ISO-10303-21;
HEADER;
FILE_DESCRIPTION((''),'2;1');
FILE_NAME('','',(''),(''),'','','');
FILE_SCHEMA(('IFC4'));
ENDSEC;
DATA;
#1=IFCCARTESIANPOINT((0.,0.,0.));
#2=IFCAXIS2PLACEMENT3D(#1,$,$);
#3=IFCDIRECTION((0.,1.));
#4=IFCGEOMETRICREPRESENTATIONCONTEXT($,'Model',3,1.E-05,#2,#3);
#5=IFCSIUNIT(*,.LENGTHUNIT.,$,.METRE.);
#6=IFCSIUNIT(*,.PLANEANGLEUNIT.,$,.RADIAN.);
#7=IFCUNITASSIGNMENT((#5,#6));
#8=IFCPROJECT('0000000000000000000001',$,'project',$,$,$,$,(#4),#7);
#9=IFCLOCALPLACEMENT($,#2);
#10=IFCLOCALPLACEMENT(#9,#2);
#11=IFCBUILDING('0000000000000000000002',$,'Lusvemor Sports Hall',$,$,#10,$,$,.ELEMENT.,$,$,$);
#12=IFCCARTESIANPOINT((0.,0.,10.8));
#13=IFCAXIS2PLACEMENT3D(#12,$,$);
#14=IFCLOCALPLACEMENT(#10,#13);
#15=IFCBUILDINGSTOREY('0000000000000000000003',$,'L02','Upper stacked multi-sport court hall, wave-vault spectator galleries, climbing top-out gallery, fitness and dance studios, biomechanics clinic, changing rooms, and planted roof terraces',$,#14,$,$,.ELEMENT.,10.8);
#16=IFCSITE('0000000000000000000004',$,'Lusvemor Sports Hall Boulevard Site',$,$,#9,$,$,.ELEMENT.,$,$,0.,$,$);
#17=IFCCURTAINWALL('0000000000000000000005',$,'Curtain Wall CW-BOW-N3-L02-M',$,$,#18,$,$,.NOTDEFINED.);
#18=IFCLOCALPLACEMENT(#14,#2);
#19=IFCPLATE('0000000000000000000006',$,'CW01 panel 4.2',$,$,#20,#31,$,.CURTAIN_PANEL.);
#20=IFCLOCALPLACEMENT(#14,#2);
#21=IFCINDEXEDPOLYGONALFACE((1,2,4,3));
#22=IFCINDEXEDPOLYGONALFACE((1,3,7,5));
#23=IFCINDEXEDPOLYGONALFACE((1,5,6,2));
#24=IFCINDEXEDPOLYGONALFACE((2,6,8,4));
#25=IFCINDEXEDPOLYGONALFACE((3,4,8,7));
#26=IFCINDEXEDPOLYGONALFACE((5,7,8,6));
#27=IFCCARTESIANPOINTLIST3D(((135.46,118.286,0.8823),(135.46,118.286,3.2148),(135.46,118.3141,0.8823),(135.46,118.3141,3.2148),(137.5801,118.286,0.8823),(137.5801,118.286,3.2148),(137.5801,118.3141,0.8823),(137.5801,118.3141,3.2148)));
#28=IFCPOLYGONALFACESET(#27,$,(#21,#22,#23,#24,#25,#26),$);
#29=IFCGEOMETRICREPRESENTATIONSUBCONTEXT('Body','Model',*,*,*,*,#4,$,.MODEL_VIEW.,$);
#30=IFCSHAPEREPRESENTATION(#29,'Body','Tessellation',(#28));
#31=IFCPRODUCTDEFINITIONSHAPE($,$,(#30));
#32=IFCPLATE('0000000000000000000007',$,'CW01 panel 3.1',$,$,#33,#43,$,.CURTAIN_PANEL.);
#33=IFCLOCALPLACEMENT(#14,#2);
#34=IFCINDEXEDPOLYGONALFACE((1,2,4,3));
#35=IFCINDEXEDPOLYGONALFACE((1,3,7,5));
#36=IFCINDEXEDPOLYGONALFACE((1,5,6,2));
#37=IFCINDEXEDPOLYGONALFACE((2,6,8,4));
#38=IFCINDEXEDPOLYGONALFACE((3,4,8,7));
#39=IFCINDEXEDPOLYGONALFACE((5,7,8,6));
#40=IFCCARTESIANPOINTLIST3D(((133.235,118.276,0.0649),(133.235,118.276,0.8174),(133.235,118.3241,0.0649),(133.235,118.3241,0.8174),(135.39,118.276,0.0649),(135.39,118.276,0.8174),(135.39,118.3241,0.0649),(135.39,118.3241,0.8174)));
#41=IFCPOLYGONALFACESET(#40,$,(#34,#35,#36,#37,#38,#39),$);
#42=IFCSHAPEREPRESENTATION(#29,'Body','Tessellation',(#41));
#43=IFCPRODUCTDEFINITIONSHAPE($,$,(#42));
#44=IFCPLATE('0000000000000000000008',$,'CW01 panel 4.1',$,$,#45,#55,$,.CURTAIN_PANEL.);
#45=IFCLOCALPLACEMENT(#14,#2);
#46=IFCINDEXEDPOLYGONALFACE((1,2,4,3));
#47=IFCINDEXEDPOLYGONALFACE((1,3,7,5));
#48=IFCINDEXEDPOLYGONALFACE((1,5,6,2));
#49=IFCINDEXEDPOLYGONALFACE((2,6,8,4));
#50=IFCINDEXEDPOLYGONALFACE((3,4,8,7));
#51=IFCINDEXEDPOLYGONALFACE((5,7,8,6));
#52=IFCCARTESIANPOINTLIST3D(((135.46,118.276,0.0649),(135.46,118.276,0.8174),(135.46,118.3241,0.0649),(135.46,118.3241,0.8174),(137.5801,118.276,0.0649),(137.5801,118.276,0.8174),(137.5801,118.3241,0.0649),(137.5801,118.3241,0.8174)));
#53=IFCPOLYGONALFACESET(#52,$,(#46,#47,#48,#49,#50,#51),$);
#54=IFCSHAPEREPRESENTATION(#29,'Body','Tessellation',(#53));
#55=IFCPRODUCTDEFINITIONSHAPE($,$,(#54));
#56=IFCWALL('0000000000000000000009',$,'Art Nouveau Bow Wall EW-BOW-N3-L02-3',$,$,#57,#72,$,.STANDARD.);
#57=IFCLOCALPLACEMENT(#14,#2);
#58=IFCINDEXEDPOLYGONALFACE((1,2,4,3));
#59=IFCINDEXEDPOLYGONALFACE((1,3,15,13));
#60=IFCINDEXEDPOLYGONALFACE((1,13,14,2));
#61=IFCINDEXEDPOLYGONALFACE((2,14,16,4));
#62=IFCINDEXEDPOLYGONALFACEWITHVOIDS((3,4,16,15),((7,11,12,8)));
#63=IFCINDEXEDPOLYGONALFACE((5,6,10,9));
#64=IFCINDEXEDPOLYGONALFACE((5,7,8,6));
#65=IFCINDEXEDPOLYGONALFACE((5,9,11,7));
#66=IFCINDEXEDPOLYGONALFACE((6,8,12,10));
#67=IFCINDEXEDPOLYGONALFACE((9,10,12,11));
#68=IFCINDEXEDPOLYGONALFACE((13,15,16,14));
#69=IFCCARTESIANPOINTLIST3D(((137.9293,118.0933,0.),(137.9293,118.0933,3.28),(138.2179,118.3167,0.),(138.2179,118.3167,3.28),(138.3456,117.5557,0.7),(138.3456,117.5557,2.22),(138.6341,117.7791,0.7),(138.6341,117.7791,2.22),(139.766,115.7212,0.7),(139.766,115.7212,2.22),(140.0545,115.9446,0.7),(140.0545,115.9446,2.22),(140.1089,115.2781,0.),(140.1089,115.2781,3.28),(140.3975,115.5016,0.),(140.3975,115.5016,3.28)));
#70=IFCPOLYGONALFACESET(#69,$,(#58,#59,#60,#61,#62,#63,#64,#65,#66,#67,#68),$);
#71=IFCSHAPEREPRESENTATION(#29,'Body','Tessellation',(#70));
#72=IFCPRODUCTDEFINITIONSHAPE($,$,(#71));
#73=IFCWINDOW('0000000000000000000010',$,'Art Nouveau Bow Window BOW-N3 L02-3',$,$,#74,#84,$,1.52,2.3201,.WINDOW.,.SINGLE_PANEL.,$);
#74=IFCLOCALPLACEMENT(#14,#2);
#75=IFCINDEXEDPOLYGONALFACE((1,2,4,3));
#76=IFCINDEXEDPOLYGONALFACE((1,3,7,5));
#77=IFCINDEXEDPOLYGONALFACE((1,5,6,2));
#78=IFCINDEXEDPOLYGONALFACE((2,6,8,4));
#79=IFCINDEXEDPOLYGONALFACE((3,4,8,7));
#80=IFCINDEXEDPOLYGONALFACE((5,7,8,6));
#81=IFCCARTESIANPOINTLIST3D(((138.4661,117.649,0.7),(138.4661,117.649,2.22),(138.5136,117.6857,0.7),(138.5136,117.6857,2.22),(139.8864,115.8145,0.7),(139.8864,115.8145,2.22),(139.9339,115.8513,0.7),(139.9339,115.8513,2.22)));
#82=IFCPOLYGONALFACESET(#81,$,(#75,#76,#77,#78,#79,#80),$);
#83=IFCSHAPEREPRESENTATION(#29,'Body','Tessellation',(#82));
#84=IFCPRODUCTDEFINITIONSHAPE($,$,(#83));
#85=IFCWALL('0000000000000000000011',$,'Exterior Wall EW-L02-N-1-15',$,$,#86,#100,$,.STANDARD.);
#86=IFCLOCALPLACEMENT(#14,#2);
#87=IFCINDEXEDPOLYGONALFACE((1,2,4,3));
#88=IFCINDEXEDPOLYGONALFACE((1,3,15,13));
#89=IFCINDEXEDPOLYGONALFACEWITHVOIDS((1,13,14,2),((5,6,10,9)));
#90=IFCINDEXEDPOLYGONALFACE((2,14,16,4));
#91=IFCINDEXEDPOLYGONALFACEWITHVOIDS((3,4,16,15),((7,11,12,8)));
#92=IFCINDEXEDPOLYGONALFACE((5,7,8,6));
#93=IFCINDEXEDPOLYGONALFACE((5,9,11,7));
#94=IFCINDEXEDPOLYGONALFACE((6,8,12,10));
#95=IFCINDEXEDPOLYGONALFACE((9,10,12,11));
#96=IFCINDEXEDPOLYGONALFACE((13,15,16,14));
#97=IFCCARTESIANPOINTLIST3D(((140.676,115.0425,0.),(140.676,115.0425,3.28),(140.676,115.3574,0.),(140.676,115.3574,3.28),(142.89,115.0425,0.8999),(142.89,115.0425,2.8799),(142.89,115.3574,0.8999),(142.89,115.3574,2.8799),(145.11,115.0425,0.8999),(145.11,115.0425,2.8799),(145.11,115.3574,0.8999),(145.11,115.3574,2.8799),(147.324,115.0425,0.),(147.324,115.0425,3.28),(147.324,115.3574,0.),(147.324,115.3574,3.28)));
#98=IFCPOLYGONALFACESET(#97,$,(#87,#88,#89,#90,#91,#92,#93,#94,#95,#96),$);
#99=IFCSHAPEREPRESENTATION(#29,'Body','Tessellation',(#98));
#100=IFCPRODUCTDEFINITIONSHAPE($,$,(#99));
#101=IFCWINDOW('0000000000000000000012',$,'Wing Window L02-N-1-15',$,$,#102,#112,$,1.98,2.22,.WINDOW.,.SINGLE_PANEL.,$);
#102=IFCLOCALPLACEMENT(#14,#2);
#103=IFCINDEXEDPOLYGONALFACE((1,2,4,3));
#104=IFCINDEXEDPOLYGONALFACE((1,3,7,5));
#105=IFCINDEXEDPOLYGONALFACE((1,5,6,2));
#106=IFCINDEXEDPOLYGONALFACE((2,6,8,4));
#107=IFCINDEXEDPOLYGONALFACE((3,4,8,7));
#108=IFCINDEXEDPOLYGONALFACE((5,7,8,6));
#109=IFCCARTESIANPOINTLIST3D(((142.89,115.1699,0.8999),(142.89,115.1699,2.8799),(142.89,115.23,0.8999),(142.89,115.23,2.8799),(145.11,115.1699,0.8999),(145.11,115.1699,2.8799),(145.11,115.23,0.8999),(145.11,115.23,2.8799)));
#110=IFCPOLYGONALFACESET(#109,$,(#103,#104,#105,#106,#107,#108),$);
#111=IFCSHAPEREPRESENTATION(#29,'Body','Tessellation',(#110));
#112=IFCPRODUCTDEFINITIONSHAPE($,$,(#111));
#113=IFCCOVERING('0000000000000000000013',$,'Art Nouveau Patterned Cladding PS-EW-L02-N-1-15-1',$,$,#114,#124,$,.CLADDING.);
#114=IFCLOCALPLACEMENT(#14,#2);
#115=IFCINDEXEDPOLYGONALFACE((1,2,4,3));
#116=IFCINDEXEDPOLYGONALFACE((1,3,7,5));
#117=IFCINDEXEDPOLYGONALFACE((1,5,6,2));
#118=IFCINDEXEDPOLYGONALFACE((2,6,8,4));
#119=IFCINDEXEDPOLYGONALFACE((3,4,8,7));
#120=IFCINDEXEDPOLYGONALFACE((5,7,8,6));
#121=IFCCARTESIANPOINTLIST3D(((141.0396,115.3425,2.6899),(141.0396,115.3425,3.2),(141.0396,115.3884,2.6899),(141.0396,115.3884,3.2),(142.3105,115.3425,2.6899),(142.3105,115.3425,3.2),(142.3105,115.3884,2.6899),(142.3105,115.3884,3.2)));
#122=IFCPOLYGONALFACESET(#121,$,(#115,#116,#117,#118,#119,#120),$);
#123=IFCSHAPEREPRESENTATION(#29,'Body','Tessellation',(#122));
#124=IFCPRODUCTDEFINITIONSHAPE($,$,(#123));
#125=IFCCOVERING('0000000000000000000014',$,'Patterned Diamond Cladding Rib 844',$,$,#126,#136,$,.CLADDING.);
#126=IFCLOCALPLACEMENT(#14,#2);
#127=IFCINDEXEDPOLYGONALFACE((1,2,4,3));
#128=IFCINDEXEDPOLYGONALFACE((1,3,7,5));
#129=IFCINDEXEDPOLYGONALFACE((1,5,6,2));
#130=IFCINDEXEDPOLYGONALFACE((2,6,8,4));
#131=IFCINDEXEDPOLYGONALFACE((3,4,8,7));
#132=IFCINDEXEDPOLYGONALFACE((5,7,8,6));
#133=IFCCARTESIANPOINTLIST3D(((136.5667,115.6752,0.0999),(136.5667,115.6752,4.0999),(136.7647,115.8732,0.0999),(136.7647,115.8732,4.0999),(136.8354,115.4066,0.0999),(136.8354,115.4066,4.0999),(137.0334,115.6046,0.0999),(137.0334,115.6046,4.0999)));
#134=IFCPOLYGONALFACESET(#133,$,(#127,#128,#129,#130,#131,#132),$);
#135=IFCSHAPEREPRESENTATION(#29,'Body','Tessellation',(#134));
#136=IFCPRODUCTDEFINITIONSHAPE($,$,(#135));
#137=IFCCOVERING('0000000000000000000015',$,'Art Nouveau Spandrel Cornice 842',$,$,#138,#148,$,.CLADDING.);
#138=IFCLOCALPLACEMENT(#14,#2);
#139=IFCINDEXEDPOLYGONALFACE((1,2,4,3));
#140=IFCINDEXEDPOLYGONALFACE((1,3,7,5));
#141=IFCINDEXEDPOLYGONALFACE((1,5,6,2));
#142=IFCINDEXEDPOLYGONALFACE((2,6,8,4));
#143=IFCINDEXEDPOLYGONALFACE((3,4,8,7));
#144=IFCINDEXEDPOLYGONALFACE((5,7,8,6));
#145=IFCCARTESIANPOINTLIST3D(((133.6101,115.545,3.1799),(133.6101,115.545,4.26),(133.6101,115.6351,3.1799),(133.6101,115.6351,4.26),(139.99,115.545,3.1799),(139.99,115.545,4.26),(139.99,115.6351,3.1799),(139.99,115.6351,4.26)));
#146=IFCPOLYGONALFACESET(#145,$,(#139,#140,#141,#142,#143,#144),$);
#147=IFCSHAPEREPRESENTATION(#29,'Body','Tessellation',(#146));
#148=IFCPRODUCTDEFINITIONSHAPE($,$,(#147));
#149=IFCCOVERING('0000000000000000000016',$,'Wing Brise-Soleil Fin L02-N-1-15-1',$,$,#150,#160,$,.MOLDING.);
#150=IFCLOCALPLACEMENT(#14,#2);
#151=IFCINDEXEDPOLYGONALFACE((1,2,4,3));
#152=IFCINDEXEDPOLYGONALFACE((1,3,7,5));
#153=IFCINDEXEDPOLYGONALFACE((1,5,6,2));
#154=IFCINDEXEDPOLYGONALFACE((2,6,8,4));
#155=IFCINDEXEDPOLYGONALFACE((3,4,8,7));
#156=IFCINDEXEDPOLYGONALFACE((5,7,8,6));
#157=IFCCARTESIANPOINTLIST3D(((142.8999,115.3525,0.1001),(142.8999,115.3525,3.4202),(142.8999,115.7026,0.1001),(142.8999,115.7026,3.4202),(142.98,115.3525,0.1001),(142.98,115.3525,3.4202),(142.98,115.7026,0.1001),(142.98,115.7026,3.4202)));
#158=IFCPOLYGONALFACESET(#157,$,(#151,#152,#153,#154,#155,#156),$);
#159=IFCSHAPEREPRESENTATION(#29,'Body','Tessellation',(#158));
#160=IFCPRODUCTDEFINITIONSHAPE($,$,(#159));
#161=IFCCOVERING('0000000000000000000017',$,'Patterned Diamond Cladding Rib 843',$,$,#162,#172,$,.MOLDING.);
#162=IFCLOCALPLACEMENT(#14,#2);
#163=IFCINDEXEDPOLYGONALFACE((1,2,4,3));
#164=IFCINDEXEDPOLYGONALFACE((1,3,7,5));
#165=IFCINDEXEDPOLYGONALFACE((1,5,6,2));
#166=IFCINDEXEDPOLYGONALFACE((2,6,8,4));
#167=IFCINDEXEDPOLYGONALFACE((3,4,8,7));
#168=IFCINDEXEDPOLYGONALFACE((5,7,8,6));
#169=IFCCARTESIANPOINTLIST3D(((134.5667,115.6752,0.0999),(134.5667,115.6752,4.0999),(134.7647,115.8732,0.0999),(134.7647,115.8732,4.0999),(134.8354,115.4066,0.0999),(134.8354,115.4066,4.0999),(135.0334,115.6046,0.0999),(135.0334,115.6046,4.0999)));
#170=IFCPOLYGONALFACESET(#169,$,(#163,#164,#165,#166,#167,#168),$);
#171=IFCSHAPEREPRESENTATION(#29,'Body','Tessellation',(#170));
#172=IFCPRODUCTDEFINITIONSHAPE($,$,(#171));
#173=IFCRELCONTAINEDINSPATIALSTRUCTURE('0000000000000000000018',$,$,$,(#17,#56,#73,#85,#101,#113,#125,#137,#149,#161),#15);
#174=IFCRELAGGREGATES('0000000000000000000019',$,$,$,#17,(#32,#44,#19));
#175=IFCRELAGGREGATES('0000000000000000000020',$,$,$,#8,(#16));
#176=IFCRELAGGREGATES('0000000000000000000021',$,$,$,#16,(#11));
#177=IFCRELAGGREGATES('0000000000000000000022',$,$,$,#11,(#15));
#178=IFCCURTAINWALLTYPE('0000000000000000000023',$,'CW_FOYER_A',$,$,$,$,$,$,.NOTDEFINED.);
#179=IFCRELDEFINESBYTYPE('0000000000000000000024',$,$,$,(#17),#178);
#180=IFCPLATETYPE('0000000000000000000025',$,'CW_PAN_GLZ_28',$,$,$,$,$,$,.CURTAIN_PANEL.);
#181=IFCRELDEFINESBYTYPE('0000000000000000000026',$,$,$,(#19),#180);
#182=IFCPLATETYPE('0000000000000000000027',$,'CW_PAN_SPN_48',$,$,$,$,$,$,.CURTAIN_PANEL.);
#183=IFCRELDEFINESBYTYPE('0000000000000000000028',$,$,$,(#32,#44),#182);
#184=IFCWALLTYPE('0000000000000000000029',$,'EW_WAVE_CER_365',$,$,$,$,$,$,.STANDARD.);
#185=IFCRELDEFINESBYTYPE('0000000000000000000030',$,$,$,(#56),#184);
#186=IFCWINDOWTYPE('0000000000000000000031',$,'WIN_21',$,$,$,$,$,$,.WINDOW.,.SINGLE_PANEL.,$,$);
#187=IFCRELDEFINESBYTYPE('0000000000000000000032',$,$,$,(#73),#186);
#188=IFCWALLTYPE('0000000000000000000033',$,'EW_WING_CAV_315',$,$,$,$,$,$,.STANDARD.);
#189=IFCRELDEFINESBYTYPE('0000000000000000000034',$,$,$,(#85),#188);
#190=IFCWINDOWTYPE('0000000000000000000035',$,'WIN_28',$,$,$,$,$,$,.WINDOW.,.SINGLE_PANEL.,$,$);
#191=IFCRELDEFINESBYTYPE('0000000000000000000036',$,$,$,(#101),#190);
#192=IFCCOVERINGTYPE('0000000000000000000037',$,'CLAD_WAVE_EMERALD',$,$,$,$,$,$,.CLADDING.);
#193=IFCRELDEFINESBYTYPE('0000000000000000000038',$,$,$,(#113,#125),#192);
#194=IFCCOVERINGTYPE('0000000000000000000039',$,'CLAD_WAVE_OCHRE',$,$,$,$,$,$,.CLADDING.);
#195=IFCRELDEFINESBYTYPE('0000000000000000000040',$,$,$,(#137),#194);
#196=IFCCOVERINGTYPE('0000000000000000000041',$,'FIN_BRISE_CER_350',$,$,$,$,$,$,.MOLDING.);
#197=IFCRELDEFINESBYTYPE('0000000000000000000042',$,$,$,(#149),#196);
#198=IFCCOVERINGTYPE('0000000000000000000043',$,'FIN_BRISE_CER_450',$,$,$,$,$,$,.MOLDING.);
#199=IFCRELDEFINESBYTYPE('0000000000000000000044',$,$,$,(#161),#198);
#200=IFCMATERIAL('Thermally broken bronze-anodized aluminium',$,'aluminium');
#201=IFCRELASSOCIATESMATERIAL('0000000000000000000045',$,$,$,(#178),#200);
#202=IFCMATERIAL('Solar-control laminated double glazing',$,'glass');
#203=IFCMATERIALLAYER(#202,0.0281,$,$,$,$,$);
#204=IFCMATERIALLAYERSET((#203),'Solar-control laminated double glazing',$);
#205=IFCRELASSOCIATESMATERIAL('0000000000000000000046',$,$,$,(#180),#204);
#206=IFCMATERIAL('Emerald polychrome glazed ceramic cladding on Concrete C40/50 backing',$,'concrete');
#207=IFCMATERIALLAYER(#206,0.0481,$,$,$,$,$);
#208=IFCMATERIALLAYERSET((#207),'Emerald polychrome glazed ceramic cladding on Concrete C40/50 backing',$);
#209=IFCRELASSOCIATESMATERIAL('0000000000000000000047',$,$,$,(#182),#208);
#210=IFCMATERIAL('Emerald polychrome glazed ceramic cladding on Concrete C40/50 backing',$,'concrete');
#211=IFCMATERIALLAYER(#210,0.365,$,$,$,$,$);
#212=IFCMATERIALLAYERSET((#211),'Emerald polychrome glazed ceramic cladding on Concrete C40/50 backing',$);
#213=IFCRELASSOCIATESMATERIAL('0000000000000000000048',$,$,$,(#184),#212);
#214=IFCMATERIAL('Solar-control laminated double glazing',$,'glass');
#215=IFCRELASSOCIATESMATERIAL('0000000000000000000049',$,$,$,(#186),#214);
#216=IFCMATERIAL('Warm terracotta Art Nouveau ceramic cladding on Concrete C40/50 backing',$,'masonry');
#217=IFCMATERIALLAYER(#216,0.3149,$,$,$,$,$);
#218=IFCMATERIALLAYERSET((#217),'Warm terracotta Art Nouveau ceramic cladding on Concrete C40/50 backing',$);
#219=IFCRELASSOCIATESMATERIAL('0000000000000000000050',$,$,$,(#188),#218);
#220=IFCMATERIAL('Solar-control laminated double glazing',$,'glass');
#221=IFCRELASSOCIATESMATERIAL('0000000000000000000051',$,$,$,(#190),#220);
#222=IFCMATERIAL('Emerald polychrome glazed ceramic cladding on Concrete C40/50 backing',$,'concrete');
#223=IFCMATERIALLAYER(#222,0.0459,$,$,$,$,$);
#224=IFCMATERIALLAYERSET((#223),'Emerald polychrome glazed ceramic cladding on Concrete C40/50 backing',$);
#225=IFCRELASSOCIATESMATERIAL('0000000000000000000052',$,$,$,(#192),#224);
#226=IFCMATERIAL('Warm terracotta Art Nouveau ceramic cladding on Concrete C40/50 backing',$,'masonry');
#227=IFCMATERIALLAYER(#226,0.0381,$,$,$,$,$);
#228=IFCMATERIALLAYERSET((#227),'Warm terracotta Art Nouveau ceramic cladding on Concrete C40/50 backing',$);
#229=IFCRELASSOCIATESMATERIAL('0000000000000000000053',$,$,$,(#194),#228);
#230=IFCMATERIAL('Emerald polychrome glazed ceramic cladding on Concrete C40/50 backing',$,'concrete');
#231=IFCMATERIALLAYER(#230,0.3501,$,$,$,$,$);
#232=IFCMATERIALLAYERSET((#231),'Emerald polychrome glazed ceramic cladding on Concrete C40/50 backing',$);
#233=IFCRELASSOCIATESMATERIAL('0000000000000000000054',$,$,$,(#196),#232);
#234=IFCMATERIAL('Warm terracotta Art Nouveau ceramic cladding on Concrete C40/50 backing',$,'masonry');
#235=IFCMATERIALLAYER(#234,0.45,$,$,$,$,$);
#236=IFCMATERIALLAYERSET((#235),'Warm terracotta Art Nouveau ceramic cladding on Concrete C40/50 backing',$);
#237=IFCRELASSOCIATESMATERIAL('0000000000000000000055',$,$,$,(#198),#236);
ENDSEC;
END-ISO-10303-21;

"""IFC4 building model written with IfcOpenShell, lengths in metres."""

from ifc_helpers import new_model, si_unit, direction, frame, frame_2d, origin, origin_2d, place, context, subcontext, project, spatial, rectangle, extrude, material, layer, layer_set, type_object, element, fill, aggregate, save


model = new_model("IFC4")

# Units and contexts
model_context = context("Model", 3, precision=1e-05, world=origin(), true_north=direction((0.0, 1.0)))
body_context = subcontext(model_context, "Body", "Model", "MODEL_VIEW")
ifc_project = project(units=[si_unit("LENGTHUNIT", "METRE"), si_unit("PLANEANGLEUNIT", "RADIAN")], contexts=[model_context])

# Site, building, storey
site_placement = place(None, origin())
site = spatial("IfcSite", under=ifc_project, at=site_placement, Name="Lusvemor Sports Hall Boulevard Site", CompositionType="ELEMENT", RefElevation=0.0)
building_placement = place(site_placement, origin())
building = spatial("IfcBuilding", under=site, at=building_placement, Name="Lusvemor Sports Hall", CompositionType="ELEMENT")
storey_placement = place(building_placement, frame((0.0, 0.0, 10.8)))
storey = spatial("IfcBuildingStorey", under=building, at=storey_placement, Name="L02", Description="Upper stacked multi-sport court hall, wave-vault spectator galleries, climbing top-out gallery, fitness and dance studios, biomechanics clinic, changing rooms, and planted roof terraces", CompositionType="ELEMENT", Elevation=10.8)

# Curtain wall
ifc_material_1 = material(Name="Thermally broken bronze-anodized aluminium", Category="aluminium")
curtain_wall_type_1 = type_object("IfcCurtainWallType", Name="CW_FOYER_A", PredefinedType="NOTDEFINED", material=ifc_material_1)
curtain_wall_1_placement = place(storey_placement, origin())
curtain_wall_1 = element("IfcCurtainWall", 1, at=curtain_wall_1_placement, inside=storey, type_object=curtain_wall_type_1, Name="Curtain Wall CW-BOW-N3-L02-M", PredefinedType="NOTDEFINED")

# Plates
ifc_material_2 = material(Name="Solar-control laminated double glazing", Category="glass")
ifc_layer_1 = layer(ifc_material_2, 0.0281)
ifc_layer_set_1 = layer_set([ifc_layer_1], Name="Solar-control laminated double glazing")
plate_type_1 = type_object("IfcPlateType", Name="CW_PAN_GLZ_28", PredefinedType="CURTAIN_PANEL", material=ifc_layer_set_1)
plate_1_placement = place(storey_placement, frame((136.52, 118.3, 0.8823), z_axis=(0.0, 0.0, 1.0), x_axis=(1.0, 0.0, 0.0)))
plate_1 = element("IfcPlate", 2, at=plate_1_placement, type_object=plate_type_1, Name="CW01 panel 4.2", PredefinedType="CURTAIN_PANEL", context=body_context, shape_type="SweptSolid", body=[
    extrude(rectangle(XDim=2.1201, YDim=0.0281, at=origin_2d()), origin(), (0.0, 0.0, 1.0), 2.3325),
])
ifc_material_3 = material(Name="Emerald polychrome glazed ceramic cladding on Concrete C40/50 backing", Category="concrete")
ifc_layer_2 = layer(ifc_material_3, 0.0481)
ifc_layer_set_2 = layer_set([ifc_layer_2], Name="Emerald polychrome glazed ceramic cladding on Concrete C40/50 backing")
plate_type_2 = type_object("IfcPlateType", Name="CW_PAN_SPN_48", PredefinedType="CURTAIN_PANEL", material=ifc_layer_set_2)
plate_2_placement = place(storey_placement, frame((134.3125, 118.3, 0.0649), z_axis=(0.0, 0.0, 1.0), x_axis=(1.0, 0.0, 0.0)))
plate_2 = element("IfcPlate", 3, at=plate_2_placement, type_object=plate_type_2, Name="CW01 panel 3.1", PredefinedType="CURTAIN_PANEL", context=body_context, shape_type="SweptSolid", body=[
    extrude(rectangle(XDim=2.155, YDim=0.0481, at=origin_2d()), origin(), (0.0, 0.0, 1.0), 0.7524),
])
plate_3_placement = place(storey_placement, frame((136.52, 118.3, 0.0649), z_axis=(0.0, 0.0, 1.0), x_axis=(1.0, 0.0, 0.0)))
plate_3 = element("IfcPlate", 4, at=plate_3_placement, type_object=plate_type_2, Name="CW01 panel 4.1", PredefinedType="CURTAIN_PANEL", context=body_context, shape_type="SweptSolid", body=[
    extrude(rectangle(XDim=2.1201, YDim=0.0481, at=origin_2d()), origin(), (0.0, 0.0, 1.0), 0.7524),
])
aggregate(curtain_wall_1, [plate_2, plate_3, plate_1])

# Walls, openings, windows
ifc_material_4 = material(Name="Emerald polychrome glazed ceramic cladding on Concrete C40/50 backing", Category="concrete")
ifc_layer_3 = layer(ifc_material_4, 0.365)
ifc_layer_set_3 = layer_set([ifc_layer_3], Name="Emerald polychrome glazed ceramic cladding on Concrete C40/50 backing")
wall_type_1 = type_object("IfcWallType", Name="EW_WAVE_CER_365", PredefinedType="STANDARD", material=ifc_layer_set_3)
wall_1_placement = place(storey_placement, frame((138.0735, 118.2051, 0.0), z_axis=(0.0, 0.0, 1.0), x_axis=(0.612206, -0.790698, 0.0)))
wall_1 = element("IfcWall", 5, at=wall_1_placement, inside=storey, type_object=wall_type_1, Name="Art Nouveau Bow Wall EW-BOW-N3-L02-3", PredefinedType="STANDARD", context=body_context, shape_type="SweptSolid", body=[
    extrude(rectangle(XDim=3.5603, YDim=0.365, at=frame_2d((1.7803, 0.0))), origin(), (0.0, 0.0, 1.0), 3.28),
])
opening_1_placement = place(wall_1_placement, frame((0.6799, 0.0, 0.7)))
opening_1 = element("IfcOpeningElement", 6, at=opening_1_placement, cuts=wall_1, PredefinedType="OPENING", context=body_context, shape_type="SweptSolid", body=[
    extrude(rectangle(XDim=2.3201, YDim=1.52, at=frame_2d((1.1602, 0.76))), frame((0.0, 0.1826, 0.0), z_axis=(0.0, -1.0, 0.0), x_axis=(1.0, 0.0, 0.0)), (0.0, 0.0, 1.0), 0.365),
])
ifc_material_5 = material(Name="Solar-control laminated double glazing", Category="glass")
window_type_1 = type_object("IfcWindowType", Name="WIN_21", PartitioningType="SINGLE_PANEL", PredefinedType="WINDOW", material=ifc_material_5)
window_1_placement = place(opening_1_placement, origin())
window_1 = element("IfcWindow", 7, at=window_1_placement, inside=storey, type_object=window_type_1, Name="Art Nouveau Bow Window BOW-N3 L02-3", OverallHeight=1.52, OverallWidth=2.3201, PartitioningType="SINGLE_PANEL", PredefinedType="WINDOW", context=body_context, shape_type="SweptSolid", body=[
    extrude(rectangle(XDim=2.3201, YDim=1.52, at=frame_2d((1.1602, 0.76))), frame((0.0, 0.03, 0.0), z_axis=(0.0, -1.0, 0.0), x_axis=(1.0, 0.0, 0.0)), (0.0, 0.0, 1.0), 0.0601),
])
fill(opening_1, window_1)
ifc_material_6 = material(Name="Warm terracotta Art Nouveau ceramic cladding on Concrete C40/50 backing", Category="masonry")
ifc_layer_4 = layer(ifc_material_6, 0.3149)
ifc_layer_set_4 = layer_set([ifc_layer_4], Name="Warm terracotta Art Nouveau ceramic cladding on Concrete C40/50 backing")
wall_type_2 = type_object("IfcWallType", Name="EW_WING_CAV_315", PredefinedType="STANDARD", material=ifc_layer_set_4)
wall_2_placement = place(storey_placement, frame((140.676, 115.2, 0.0), z_axis=(0.0, 0.0, 1.0), x_axis=(1.0, 0.0, 0.0)))
wall_2 = element("IfcWall", 8, at=wall_2_placement, inside=storey, type_object=wall_type_2, Name="Exterior Wall EW-L02-N-1-15", PredefinedType="STANDARD", context=body_context, shape_type="SweptSolid", body=[
    extrude(rectangle(XDim=6.6479, YDim=0.3149, at=frame_2d((3.324, 0.0))), origin(), (0.0, 0.0, 1.0), 3.28),
])
opening_2_placement = place(wall_2_placement, frame((2.2141, 0.0, 0.8999)))
opening_2 = element("IfcOpeningElement", 9, at=opening_2_placement, cuts=wall_2, PredefinedType="OPENING", context=body_context, shape_type="SweptSolid", body=[
    extrude(rectangle(XDim=2.22, YDim=1.98, at=frame_2d((1.1099, 0.99))), frame((0.0, 0.1575, 0.0), z_axis=(0.0, -1.0, 0.0), x_axis=(1.0, 0.0, 0.0)), (0.0, 0.0, 1.0), 0.3149),
])
ifc_material_7 = material(Name="Solar-control laminated double glazing", Category="glass")
window_type_2 = type_object("IfcWindowType", Name="WIN_28", PartitioningType="SINGLE_PANEL", PredefinedType="WINDOW", material=ifc_material_7)
window_2_placement = place(opening_2_placement, origin())
window_2 = element("IfcWindow", 10, at=window_2_placement, inside=storey, type_object=window_type_2, Name="Wing Window L02-N-1-15", OverallHeight=1.98, OverallWidth=2.22, PartitioningType="SINGLE_PANEL", PredefinedType="WINDOW", context=body_context, shape_type="SweptSolid", body=[
    extrude(rectangle(XDim=2.22, YDim=1.98, at=frame_2d((1.1099, 0.99))), frame((0.0, 0.03, 0.0), z_axis=(0.0, -1.0, 0.0), x_axis=(1.0, 0.0, 0.0)), (0.0, 0.0, 1.0), 0.0601),
])
fill(opening_2, window_2)

# Coverings
ifc_material_8 = material(Name="Emerald polychrome glazed ceramic cladding on Concrete C40/50 backing", Category="concrete")
ifc_layer_5 = layer(ifc_material_8, 0.0459)
ifc_layer_set_5 = layer_set([ifc_layer_5], Name="Emerald polychrome glazed ceramic cladding on Concrete C40/50 backing")
covering_type_1 = type_object("IfcCoveringType", Name="CLAD_WAVE_EMERALD", PredefinedType="CLADDING", material=ifc_layer_set_5)
covering_1_placement = place(storey_placement, frame((141.675, 115.3655, 2.6899), z_axis=(0.0, 0.0, 1.0), x_axis=(1.0, 0.0, 0.0)))
element("IfcCovering", 11, at=covering_1_placement, inside=storey, type_object=covering_type_1, Name="Art Nouveau Patterned Cladding PS-EW-L02-N-1-15-1", PredefinedType="CLADDING", context=body_context, shape_type="SweptSolid", body=[
    extrude(rectangle(XDim=1.271, YDim=0.0459, at=origin_2d()), origin(), (0.0, 0.0, 1.0), 0.51),
])
covering_2_placement = place(storey_placement, frame((136.8, 115.6399, 0.0999), z_axis=(0.0, 0.0, 1.0), x_axis=(0.707107, 0.707107, 0.0)))
element("IfcCovering", 12, at=covering_2_placement, inside=storey, type_object=covering_type_1, Name="Patterned Diamond Cladding Rib 844", PredefinedType="CLADDING", context=body_context, shape_type="SweptSolid", body=[
    extrude(rectangle(XDim=0.28, YDim=0.3799, at=origin_2d()), origin(), (0.0, 0.0, 1.0), 4.0),
])
ifc_material_9 = material(Name="Warm terracotta Art Nouveau ceramic cladding on Concrete C40/50 backing", Category="masonry")
ifc_layer_6 = layer(ifc_material_9, 0.0381)
ifc_layer_set_6 = layer_set([ifc_layer_6], Name="Warm terracotta Art Nouveau ceramic cladding on Concrete C40/50 backing")
covering_type_2 = type_object("IfcCoveringType", Name="CLAD_WAVE_OCHRE", PredefinedType="CLADDING", material=ifc_layer_set_6)
covering_3_placement = place(storey_placement, frame((136.8, 115.5901, 3.1799), z_axis=(0.0, 0.0, 1.0), x_axis=(1.0, 0.0, 0.0)))
element("IfcCovering", 13, at=covering_3_placement, inside=storey, type_object=covering_type_2, Name="Art Nouveau Spandrel Cornice 842", PredefinedType="CLADDING", context=body_context, shape_type="SweptSolid", body=[
    extrude(rectangle(XDim=6.3799, YDim=0.0901, at=origin_2d()), origin(), (0.0, 0.0, 1.0), 1.0801),
])
ifc_material_10 = material(Name="Emerald polychrome glazed ceramic cladding on Concrete C40/50 backing", Category="concrete")
ifc_layer_7 = layer(ifc_material_10, 0.3501)
ifc_layer_set_7 = layer_set([ifc_layer_7], Name="Emerald polychrome glazed ceramic cladding on Concrete C40/50 backing")
covering_type_3 = type_object("IfcCoveringType", Name="FIN_BRISE_CER_350", PredefinedType="MOLDING", material=ifc_layer_set_7)
covering_4_placement = place(storey_placement, frame((142.9399, 115.5276, 0.1001), z_axis=(0.0, 0.0, 1.0), x_axis=(1.0, 0.0, 0.0)))
element("IfcCovering", 14, at=covering_4_placement, inside=storey, type_object=covering_type_3, Name="Wing Brise-Soleil Fin L02-N-1-15-1", PredefinedType="MOLDING", context=body_context, shape_type="SweptSolid", body=[
    extrude(rectangle(XDim=0.0801, YDim=0.3501, at=origin_2d()), origin(), (0.0, 0.0, 1.0), 3.3201),
])
ifc_material_11 = material(Name="Warm terracotta Art Nouveau ceramic cladding on Concrete C40/50 backing", Category="masonry")
ifc_layer_8 = layer(ifc_material_11, 0.45)
ifc_layer_set_8 = layer_set([ifc_layer_8], Name="Warm terracotta Art Nouveau ceramic cladding on Concrete C40/50 backing")
covering_type_4 = type_object("IfcCoveringType", Name="FIN_BRISE_CER_450", PredefinedType="MOLDING", material=ifc_layer_set_8)
for number, where, z_axis, x_axis, name in (
    (15, (134.8, 115.6399, 0.0999), (0.0, 0.0, 1.0), (0.707107, 0.707107, 0.0), "Patterned Diamond Cladding Rib 843"),
):
    element("IfcCovering", number, at=place(storey_placement, frame(where, z_axis=z_axis, x_axis=x_axis)), inside=storey, type_object=covering_type_4, Name=name, PredefinedType="MOLDING", context=body_context, shape_type="SweptSolid", body=[
        extrude(rectangle(XDim=0.28, YDim=0.3799, at=origin_2d()), origin(), (0.0, 0.0, 1.0), 4.0),
    ])

save(model, "model.ifc")
